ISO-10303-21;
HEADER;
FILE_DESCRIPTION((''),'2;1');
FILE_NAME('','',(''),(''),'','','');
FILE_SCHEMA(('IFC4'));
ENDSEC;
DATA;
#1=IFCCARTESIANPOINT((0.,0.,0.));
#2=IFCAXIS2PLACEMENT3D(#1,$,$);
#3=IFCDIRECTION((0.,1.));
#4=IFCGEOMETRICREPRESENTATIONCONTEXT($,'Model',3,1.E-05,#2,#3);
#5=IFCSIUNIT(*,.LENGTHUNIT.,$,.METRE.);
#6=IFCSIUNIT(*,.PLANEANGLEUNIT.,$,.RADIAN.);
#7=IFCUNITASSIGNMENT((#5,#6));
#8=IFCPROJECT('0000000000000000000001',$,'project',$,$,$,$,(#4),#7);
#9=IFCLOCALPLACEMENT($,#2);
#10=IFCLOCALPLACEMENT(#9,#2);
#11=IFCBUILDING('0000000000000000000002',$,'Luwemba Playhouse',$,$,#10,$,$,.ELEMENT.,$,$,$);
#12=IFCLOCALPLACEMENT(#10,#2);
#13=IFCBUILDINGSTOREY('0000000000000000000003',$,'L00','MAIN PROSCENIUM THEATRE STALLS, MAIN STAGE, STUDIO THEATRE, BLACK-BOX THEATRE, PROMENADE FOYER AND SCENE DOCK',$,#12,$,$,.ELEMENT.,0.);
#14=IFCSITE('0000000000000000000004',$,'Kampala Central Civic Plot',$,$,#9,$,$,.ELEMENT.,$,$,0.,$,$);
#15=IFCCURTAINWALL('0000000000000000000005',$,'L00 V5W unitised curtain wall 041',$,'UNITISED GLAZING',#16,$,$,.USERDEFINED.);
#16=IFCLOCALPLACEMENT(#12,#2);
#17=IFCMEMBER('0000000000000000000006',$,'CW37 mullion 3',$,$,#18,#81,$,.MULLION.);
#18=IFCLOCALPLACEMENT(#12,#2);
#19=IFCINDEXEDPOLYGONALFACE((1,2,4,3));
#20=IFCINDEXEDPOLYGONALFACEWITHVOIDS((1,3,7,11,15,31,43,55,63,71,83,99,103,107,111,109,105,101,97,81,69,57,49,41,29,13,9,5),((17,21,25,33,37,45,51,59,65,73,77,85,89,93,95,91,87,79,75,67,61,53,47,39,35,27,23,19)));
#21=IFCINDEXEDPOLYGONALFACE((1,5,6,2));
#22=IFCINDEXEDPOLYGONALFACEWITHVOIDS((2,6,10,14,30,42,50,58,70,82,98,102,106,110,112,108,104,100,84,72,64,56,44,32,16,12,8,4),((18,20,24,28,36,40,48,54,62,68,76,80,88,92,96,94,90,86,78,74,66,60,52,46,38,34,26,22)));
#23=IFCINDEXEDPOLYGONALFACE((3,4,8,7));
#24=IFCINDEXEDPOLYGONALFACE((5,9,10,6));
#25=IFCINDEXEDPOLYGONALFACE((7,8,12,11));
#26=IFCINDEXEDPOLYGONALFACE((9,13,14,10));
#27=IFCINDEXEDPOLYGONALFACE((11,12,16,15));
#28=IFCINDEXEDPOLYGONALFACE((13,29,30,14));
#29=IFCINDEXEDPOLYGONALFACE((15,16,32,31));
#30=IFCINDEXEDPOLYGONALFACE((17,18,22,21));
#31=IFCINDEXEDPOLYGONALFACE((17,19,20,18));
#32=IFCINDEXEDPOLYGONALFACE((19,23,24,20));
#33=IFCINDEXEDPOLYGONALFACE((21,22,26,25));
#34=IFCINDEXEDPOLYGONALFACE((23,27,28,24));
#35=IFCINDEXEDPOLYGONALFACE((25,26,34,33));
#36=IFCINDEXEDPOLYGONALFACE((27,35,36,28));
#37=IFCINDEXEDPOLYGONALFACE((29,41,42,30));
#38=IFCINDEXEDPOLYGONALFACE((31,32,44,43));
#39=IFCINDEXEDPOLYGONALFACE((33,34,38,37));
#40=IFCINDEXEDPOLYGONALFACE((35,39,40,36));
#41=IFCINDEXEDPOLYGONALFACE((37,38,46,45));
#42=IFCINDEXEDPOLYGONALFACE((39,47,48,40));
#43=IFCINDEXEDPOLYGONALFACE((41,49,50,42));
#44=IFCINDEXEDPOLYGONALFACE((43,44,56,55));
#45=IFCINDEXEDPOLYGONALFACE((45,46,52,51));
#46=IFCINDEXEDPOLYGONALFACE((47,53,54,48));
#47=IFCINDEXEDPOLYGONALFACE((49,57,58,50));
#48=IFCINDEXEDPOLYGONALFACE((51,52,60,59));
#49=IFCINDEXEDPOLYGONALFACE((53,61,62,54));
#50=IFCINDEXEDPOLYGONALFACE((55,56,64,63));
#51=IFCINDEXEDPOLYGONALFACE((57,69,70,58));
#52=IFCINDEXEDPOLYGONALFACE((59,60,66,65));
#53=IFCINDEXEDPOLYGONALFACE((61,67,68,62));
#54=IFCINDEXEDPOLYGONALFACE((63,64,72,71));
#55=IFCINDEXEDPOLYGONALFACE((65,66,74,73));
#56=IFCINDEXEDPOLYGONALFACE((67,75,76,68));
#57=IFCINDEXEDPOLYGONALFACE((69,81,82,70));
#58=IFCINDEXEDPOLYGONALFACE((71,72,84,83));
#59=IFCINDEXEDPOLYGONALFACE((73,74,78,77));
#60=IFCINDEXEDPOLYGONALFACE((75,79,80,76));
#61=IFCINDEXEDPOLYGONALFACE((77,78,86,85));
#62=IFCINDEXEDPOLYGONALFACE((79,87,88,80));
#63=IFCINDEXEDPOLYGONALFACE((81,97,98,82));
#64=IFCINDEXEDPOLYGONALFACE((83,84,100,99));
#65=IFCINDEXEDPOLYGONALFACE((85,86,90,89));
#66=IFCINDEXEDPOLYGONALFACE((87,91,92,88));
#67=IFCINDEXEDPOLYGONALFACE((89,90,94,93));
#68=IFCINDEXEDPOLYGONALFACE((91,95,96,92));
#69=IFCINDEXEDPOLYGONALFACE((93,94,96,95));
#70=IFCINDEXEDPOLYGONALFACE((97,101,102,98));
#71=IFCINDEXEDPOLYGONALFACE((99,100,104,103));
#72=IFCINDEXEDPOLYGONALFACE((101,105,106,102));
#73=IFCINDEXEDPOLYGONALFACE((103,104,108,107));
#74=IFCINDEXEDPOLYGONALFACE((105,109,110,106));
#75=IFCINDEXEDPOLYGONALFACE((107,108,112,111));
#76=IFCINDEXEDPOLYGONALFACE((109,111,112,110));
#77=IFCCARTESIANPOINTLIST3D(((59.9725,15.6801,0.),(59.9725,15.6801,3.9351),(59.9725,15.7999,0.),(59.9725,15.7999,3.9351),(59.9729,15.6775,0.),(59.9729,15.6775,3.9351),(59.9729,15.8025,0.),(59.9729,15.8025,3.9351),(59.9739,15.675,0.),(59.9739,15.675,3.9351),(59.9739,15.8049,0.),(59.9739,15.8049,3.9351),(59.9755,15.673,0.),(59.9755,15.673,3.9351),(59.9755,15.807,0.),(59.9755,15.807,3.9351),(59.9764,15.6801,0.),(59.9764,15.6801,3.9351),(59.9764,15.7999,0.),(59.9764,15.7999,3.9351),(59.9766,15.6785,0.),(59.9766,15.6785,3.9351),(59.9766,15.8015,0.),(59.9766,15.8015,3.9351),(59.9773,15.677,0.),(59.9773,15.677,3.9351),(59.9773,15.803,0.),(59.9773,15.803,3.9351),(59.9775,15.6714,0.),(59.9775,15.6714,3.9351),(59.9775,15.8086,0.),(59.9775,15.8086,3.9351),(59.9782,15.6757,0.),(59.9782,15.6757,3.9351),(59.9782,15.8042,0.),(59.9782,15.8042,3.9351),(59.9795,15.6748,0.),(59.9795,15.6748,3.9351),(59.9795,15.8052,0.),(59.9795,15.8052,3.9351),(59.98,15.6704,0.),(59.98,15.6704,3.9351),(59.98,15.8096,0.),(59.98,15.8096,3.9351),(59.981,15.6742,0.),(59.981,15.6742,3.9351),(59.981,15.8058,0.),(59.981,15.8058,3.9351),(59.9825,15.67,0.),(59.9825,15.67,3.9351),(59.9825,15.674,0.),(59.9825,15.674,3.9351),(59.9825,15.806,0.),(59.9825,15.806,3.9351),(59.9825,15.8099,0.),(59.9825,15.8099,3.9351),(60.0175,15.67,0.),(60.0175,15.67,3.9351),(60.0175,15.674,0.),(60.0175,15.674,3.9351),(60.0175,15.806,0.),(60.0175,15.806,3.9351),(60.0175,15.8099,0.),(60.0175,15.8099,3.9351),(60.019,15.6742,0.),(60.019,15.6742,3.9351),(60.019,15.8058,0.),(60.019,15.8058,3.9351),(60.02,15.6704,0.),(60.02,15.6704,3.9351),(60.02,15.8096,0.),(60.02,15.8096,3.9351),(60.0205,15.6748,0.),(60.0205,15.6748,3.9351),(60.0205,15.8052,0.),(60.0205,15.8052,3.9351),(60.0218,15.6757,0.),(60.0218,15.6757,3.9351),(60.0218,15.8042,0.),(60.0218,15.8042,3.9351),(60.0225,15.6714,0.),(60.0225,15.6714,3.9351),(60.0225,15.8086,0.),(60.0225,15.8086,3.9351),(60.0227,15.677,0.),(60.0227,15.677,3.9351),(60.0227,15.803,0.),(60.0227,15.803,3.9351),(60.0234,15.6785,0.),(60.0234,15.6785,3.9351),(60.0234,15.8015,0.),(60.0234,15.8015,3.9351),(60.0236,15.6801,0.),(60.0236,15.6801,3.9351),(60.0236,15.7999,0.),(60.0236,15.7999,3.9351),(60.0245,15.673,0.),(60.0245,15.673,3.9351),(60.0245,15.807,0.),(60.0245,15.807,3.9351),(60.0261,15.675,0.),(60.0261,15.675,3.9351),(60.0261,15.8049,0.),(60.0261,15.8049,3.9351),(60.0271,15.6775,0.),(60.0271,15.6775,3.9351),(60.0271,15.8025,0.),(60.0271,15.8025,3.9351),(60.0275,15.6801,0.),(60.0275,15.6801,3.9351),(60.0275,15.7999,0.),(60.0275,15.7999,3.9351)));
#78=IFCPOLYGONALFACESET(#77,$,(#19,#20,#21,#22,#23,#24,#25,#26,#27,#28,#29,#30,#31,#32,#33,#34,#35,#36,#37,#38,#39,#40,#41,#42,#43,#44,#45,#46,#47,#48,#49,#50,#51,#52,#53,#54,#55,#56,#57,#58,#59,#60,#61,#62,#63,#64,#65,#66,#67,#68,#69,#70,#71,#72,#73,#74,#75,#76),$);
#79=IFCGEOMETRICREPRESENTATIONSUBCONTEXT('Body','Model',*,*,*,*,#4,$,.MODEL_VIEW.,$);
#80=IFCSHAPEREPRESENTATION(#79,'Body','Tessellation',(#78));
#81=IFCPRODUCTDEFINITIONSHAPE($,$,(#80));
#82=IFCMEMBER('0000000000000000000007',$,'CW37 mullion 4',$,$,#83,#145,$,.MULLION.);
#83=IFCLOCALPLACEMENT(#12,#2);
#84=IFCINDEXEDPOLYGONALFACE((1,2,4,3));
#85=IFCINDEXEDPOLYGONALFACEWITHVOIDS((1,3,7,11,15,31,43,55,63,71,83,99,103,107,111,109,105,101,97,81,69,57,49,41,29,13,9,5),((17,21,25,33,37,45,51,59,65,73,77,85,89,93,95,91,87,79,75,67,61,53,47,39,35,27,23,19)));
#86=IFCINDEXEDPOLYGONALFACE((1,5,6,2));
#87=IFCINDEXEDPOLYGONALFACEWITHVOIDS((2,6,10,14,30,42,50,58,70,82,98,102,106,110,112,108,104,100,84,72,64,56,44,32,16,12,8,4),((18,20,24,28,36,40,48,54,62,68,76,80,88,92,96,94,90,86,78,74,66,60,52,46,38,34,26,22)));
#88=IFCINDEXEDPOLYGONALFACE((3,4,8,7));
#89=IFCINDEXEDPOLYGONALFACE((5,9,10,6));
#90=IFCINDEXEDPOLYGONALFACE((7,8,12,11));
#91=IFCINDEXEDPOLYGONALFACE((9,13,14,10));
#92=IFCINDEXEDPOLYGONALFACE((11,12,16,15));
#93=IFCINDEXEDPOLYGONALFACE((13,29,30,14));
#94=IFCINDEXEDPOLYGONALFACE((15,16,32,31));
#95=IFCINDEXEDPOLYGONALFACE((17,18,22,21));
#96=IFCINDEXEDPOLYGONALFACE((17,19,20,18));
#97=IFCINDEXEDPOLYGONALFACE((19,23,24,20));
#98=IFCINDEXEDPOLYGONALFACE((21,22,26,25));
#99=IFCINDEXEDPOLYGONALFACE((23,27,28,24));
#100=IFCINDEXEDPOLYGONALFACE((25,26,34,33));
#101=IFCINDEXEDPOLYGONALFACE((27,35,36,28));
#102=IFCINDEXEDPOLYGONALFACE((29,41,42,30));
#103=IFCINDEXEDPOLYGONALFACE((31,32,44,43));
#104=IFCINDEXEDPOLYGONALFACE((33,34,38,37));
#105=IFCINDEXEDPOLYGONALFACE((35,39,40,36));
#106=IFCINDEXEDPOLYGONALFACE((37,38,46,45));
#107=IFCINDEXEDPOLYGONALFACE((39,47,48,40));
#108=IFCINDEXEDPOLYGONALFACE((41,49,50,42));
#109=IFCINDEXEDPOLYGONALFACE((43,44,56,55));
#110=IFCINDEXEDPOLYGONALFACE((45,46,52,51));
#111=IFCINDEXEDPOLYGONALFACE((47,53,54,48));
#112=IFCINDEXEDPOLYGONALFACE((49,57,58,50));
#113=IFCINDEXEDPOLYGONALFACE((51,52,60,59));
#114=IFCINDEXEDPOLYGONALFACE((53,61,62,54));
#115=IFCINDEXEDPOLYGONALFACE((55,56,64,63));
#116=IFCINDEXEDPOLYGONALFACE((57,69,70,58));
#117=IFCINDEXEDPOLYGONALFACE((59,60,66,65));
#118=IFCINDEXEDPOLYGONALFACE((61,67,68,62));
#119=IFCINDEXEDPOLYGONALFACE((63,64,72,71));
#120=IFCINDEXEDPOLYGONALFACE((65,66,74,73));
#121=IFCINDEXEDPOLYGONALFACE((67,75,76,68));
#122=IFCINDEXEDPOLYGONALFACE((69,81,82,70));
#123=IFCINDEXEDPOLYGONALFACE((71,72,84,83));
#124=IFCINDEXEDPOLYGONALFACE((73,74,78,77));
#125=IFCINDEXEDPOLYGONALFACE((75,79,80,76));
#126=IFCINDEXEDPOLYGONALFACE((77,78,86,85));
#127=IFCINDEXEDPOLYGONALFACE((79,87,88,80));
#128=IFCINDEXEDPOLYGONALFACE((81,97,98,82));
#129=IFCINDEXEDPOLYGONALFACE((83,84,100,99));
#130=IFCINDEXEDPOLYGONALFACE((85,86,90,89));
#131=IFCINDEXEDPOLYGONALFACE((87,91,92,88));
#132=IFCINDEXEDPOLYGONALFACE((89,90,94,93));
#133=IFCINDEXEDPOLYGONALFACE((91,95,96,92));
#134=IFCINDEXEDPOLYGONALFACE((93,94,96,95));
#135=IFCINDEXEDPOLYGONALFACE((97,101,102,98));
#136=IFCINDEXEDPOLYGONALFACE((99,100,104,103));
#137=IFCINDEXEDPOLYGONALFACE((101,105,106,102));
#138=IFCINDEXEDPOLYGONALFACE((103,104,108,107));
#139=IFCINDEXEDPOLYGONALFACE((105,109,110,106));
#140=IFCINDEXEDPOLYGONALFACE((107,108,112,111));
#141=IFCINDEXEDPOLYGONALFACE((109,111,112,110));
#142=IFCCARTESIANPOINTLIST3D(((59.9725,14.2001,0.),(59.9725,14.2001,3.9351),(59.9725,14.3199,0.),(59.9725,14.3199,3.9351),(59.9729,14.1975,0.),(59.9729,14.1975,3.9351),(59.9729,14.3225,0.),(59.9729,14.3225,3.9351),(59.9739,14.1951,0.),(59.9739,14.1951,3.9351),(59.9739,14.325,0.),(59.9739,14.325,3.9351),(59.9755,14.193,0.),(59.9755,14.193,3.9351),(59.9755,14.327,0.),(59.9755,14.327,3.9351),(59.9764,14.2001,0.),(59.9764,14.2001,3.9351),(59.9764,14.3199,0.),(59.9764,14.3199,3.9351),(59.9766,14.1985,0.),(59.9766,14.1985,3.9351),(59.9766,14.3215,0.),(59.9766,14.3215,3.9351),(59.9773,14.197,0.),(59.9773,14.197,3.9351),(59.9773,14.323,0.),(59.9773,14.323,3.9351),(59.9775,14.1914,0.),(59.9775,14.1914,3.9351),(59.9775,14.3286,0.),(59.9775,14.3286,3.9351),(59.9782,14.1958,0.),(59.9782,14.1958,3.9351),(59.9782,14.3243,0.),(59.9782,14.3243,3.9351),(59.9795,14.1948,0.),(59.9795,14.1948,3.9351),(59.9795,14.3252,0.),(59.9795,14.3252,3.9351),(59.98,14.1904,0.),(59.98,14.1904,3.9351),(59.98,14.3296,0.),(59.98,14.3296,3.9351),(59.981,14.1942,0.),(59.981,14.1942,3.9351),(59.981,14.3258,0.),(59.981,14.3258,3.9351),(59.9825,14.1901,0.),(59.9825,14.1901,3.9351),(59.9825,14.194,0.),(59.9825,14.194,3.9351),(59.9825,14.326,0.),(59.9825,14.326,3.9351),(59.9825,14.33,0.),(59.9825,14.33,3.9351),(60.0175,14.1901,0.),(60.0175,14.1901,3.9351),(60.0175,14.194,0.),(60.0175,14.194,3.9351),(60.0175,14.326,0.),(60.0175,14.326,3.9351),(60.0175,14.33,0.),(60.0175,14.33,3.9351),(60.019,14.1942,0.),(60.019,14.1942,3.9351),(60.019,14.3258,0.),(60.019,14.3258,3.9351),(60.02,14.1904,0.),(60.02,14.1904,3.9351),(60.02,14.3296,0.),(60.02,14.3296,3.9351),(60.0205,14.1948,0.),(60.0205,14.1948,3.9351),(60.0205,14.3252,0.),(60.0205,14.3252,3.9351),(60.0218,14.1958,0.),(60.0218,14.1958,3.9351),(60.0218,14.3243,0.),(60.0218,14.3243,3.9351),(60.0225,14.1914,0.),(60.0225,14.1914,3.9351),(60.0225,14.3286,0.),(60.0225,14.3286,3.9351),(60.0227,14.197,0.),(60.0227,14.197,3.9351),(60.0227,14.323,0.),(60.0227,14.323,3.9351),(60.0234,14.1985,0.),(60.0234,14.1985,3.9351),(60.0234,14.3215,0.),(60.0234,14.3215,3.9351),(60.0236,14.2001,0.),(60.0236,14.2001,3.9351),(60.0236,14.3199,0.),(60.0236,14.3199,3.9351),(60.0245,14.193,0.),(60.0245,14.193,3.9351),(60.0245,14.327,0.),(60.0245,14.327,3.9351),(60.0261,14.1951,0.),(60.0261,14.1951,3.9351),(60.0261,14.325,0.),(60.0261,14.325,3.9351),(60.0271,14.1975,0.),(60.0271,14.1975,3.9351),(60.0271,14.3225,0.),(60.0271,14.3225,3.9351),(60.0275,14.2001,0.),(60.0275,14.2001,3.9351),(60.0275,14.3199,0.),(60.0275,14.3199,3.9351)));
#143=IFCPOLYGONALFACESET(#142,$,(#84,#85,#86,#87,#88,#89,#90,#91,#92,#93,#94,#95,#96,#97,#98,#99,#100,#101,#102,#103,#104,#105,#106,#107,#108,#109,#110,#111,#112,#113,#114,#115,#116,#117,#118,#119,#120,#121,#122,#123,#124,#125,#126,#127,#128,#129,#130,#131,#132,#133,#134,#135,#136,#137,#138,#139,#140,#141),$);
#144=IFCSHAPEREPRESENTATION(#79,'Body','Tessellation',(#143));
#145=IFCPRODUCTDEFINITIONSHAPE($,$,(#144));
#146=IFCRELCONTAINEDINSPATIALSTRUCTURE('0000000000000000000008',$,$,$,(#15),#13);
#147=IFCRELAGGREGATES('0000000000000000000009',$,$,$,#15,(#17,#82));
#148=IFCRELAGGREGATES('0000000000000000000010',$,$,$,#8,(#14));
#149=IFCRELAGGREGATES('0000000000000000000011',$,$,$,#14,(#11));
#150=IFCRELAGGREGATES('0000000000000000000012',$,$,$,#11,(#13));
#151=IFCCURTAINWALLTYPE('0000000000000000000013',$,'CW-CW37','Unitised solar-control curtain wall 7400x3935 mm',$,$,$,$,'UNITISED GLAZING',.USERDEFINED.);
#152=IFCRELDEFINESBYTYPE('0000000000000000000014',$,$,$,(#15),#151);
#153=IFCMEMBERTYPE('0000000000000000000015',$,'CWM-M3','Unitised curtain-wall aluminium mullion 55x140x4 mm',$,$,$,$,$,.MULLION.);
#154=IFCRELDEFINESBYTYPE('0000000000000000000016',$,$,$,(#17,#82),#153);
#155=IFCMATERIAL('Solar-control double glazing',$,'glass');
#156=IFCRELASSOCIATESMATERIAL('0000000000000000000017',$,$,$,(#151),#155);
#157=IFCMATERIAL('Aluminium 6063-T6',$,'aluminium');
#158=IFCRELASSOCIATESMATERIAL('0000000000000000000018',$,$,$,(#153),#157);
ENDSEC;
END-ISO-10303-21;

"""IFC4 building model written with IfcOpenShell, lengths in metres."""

from ifc_helpers import new_model, si_unit, direction, frame, origin, origin_2d, place, context, subcontext, project, spatial, hollow_rectangle, extrude, material, material_profile, profile_set, type_object, element, aggregate, save


model = new_model("IFC4")

# Units and contexts
model_context = context("Model", 3, precision=1e-05, world=origin(), true_north=direction((0.0, 1.0)))
body_context = subcontext(model_context, "Body", "Model", "MODEL_VIEW")
ifc_project = project(units=[si_unit("LENGTHUNIT", "METRE"), si_unit("PLANEANGLEUNIT", "RADIAN")], contexts=[model_context])

# Site, building, storey
site_placement = place(None, origin())
site = spatial("IfcSite", under=ifc_project, at=site_placement, Name="Kampala Central Civic Plot", CompositionType="ELEMENT", RefElevation=0.0)
building_placement = place(site_placement, origin())
building = spatial("IfcBuilding", under=site, at=building_placement, Name="Luwemba Playhouse", CompositionType="ELEMENT")
storey_placement = place(building_placement, origin())
storey = spatial("IfcBuildingStorey", under=building, at=storey_placement, Name="L00", Description="MAIN PROSCENIUM THEATRE STALLS, MAIN STAGE, STUDIO THEATRE, BLACK-BOX THEATRE, PROMENADE FOYER AND SCENE DOCK", CompositionType="ELEMENT", Elevation=0.0)

# Curtain wall, members
ifc_material_1 = material(Name="Solar-control double glazing", Category="glass")
curtain_wall_type = type_object("IfcCurtainWallType", Name="CW-CW37", Description="Unitised solar-control curtain wall 7400x3935 mm", ElementType="UNITISED GLAZING", PredefinedType="USERDEFINED", material=ifc_material_1)
curtain_wall_placement = place(storey_placement, origin())
curtain_wall = element("IfcCurtainWall", 1, at=curtain_wall_placement, inside=storey, type_object=curtain_wall_type, Name="L00 V5W unitised curtain wall 041", ObjectType="UNITISED GLAZING", PredefinedType="USERDEFINED")
ifc_material_2 = material(Name="Aluminium 6063-T6", Category="aluminium")
ifc_material_profile_1 = material_profile(ifc_material_2, hollow_rectangle(XDim=0.0549, YDim=0.1399, WallThickness=0.0039, InnerFilletRadius=0.0061, OuterFilletRadius=0.01, at=origin_2d()))
ifc_profile_set_1 = profile_set([ifc_material_profile_1], Name="Aluminium 6063-T6")
member_type_1 = type_object("IfcMemberType", Name="CWM-M3", Description="Unitised curtain-wall aluminium mullion 55x140x4 mm", PredefinedType="MULLION", material=ifc_profile_set_1)
member_1_placement = place(storey_placement, frame((60.0, 15.74, 0.0), z_axis=(0.0, 0.0, 1.0), x_axis=(1.0, 0.0, 0.0)))
member_1 = element("IfcMember", 2, at=member_1_placement, type_object=member_type_1, Name="CW37 mullion 3", PredefinedType="MULLION", context=body_context, shape_type="SweptSolid", body=[
    extrude(hollow_rectangle(XDim=0.0549, YDim=0.1399, WallThickness=0.0039, InnerFilletRadius=0.0061, OuterFilletRadius=0.01, at=origin_2d()), origin(), (0.0, 0.0, 1.0), 3.9351),
])
member_2_placement = place(storey_placement, frame((60.0, 14.26, 0.0), z_axis=(0.0, 0.0, 1.0), x_axis=(1.0, 0.0, 0.0)))
member_2 = element("IfcMember", 3, at=member_2_placement, type_object=member_type_1, Name="CW37 mullion 4", PredefinedType="MULLION", context=body_context, shape_type="SweptSolid", body=[
    extrude(hollow_rectangle(XDim=0.0549, YDim=0.1399, WallThickness=0.0039, InnerFilletRadius=0.0061, OuterFilletRadius=0.01, at=origin_2d()), origin(), (0.0, 0.0, 1.0), 3.9351),
])
aggregate(curtain_wall, [member_1, member_2])

save(model, "model.ifc")
